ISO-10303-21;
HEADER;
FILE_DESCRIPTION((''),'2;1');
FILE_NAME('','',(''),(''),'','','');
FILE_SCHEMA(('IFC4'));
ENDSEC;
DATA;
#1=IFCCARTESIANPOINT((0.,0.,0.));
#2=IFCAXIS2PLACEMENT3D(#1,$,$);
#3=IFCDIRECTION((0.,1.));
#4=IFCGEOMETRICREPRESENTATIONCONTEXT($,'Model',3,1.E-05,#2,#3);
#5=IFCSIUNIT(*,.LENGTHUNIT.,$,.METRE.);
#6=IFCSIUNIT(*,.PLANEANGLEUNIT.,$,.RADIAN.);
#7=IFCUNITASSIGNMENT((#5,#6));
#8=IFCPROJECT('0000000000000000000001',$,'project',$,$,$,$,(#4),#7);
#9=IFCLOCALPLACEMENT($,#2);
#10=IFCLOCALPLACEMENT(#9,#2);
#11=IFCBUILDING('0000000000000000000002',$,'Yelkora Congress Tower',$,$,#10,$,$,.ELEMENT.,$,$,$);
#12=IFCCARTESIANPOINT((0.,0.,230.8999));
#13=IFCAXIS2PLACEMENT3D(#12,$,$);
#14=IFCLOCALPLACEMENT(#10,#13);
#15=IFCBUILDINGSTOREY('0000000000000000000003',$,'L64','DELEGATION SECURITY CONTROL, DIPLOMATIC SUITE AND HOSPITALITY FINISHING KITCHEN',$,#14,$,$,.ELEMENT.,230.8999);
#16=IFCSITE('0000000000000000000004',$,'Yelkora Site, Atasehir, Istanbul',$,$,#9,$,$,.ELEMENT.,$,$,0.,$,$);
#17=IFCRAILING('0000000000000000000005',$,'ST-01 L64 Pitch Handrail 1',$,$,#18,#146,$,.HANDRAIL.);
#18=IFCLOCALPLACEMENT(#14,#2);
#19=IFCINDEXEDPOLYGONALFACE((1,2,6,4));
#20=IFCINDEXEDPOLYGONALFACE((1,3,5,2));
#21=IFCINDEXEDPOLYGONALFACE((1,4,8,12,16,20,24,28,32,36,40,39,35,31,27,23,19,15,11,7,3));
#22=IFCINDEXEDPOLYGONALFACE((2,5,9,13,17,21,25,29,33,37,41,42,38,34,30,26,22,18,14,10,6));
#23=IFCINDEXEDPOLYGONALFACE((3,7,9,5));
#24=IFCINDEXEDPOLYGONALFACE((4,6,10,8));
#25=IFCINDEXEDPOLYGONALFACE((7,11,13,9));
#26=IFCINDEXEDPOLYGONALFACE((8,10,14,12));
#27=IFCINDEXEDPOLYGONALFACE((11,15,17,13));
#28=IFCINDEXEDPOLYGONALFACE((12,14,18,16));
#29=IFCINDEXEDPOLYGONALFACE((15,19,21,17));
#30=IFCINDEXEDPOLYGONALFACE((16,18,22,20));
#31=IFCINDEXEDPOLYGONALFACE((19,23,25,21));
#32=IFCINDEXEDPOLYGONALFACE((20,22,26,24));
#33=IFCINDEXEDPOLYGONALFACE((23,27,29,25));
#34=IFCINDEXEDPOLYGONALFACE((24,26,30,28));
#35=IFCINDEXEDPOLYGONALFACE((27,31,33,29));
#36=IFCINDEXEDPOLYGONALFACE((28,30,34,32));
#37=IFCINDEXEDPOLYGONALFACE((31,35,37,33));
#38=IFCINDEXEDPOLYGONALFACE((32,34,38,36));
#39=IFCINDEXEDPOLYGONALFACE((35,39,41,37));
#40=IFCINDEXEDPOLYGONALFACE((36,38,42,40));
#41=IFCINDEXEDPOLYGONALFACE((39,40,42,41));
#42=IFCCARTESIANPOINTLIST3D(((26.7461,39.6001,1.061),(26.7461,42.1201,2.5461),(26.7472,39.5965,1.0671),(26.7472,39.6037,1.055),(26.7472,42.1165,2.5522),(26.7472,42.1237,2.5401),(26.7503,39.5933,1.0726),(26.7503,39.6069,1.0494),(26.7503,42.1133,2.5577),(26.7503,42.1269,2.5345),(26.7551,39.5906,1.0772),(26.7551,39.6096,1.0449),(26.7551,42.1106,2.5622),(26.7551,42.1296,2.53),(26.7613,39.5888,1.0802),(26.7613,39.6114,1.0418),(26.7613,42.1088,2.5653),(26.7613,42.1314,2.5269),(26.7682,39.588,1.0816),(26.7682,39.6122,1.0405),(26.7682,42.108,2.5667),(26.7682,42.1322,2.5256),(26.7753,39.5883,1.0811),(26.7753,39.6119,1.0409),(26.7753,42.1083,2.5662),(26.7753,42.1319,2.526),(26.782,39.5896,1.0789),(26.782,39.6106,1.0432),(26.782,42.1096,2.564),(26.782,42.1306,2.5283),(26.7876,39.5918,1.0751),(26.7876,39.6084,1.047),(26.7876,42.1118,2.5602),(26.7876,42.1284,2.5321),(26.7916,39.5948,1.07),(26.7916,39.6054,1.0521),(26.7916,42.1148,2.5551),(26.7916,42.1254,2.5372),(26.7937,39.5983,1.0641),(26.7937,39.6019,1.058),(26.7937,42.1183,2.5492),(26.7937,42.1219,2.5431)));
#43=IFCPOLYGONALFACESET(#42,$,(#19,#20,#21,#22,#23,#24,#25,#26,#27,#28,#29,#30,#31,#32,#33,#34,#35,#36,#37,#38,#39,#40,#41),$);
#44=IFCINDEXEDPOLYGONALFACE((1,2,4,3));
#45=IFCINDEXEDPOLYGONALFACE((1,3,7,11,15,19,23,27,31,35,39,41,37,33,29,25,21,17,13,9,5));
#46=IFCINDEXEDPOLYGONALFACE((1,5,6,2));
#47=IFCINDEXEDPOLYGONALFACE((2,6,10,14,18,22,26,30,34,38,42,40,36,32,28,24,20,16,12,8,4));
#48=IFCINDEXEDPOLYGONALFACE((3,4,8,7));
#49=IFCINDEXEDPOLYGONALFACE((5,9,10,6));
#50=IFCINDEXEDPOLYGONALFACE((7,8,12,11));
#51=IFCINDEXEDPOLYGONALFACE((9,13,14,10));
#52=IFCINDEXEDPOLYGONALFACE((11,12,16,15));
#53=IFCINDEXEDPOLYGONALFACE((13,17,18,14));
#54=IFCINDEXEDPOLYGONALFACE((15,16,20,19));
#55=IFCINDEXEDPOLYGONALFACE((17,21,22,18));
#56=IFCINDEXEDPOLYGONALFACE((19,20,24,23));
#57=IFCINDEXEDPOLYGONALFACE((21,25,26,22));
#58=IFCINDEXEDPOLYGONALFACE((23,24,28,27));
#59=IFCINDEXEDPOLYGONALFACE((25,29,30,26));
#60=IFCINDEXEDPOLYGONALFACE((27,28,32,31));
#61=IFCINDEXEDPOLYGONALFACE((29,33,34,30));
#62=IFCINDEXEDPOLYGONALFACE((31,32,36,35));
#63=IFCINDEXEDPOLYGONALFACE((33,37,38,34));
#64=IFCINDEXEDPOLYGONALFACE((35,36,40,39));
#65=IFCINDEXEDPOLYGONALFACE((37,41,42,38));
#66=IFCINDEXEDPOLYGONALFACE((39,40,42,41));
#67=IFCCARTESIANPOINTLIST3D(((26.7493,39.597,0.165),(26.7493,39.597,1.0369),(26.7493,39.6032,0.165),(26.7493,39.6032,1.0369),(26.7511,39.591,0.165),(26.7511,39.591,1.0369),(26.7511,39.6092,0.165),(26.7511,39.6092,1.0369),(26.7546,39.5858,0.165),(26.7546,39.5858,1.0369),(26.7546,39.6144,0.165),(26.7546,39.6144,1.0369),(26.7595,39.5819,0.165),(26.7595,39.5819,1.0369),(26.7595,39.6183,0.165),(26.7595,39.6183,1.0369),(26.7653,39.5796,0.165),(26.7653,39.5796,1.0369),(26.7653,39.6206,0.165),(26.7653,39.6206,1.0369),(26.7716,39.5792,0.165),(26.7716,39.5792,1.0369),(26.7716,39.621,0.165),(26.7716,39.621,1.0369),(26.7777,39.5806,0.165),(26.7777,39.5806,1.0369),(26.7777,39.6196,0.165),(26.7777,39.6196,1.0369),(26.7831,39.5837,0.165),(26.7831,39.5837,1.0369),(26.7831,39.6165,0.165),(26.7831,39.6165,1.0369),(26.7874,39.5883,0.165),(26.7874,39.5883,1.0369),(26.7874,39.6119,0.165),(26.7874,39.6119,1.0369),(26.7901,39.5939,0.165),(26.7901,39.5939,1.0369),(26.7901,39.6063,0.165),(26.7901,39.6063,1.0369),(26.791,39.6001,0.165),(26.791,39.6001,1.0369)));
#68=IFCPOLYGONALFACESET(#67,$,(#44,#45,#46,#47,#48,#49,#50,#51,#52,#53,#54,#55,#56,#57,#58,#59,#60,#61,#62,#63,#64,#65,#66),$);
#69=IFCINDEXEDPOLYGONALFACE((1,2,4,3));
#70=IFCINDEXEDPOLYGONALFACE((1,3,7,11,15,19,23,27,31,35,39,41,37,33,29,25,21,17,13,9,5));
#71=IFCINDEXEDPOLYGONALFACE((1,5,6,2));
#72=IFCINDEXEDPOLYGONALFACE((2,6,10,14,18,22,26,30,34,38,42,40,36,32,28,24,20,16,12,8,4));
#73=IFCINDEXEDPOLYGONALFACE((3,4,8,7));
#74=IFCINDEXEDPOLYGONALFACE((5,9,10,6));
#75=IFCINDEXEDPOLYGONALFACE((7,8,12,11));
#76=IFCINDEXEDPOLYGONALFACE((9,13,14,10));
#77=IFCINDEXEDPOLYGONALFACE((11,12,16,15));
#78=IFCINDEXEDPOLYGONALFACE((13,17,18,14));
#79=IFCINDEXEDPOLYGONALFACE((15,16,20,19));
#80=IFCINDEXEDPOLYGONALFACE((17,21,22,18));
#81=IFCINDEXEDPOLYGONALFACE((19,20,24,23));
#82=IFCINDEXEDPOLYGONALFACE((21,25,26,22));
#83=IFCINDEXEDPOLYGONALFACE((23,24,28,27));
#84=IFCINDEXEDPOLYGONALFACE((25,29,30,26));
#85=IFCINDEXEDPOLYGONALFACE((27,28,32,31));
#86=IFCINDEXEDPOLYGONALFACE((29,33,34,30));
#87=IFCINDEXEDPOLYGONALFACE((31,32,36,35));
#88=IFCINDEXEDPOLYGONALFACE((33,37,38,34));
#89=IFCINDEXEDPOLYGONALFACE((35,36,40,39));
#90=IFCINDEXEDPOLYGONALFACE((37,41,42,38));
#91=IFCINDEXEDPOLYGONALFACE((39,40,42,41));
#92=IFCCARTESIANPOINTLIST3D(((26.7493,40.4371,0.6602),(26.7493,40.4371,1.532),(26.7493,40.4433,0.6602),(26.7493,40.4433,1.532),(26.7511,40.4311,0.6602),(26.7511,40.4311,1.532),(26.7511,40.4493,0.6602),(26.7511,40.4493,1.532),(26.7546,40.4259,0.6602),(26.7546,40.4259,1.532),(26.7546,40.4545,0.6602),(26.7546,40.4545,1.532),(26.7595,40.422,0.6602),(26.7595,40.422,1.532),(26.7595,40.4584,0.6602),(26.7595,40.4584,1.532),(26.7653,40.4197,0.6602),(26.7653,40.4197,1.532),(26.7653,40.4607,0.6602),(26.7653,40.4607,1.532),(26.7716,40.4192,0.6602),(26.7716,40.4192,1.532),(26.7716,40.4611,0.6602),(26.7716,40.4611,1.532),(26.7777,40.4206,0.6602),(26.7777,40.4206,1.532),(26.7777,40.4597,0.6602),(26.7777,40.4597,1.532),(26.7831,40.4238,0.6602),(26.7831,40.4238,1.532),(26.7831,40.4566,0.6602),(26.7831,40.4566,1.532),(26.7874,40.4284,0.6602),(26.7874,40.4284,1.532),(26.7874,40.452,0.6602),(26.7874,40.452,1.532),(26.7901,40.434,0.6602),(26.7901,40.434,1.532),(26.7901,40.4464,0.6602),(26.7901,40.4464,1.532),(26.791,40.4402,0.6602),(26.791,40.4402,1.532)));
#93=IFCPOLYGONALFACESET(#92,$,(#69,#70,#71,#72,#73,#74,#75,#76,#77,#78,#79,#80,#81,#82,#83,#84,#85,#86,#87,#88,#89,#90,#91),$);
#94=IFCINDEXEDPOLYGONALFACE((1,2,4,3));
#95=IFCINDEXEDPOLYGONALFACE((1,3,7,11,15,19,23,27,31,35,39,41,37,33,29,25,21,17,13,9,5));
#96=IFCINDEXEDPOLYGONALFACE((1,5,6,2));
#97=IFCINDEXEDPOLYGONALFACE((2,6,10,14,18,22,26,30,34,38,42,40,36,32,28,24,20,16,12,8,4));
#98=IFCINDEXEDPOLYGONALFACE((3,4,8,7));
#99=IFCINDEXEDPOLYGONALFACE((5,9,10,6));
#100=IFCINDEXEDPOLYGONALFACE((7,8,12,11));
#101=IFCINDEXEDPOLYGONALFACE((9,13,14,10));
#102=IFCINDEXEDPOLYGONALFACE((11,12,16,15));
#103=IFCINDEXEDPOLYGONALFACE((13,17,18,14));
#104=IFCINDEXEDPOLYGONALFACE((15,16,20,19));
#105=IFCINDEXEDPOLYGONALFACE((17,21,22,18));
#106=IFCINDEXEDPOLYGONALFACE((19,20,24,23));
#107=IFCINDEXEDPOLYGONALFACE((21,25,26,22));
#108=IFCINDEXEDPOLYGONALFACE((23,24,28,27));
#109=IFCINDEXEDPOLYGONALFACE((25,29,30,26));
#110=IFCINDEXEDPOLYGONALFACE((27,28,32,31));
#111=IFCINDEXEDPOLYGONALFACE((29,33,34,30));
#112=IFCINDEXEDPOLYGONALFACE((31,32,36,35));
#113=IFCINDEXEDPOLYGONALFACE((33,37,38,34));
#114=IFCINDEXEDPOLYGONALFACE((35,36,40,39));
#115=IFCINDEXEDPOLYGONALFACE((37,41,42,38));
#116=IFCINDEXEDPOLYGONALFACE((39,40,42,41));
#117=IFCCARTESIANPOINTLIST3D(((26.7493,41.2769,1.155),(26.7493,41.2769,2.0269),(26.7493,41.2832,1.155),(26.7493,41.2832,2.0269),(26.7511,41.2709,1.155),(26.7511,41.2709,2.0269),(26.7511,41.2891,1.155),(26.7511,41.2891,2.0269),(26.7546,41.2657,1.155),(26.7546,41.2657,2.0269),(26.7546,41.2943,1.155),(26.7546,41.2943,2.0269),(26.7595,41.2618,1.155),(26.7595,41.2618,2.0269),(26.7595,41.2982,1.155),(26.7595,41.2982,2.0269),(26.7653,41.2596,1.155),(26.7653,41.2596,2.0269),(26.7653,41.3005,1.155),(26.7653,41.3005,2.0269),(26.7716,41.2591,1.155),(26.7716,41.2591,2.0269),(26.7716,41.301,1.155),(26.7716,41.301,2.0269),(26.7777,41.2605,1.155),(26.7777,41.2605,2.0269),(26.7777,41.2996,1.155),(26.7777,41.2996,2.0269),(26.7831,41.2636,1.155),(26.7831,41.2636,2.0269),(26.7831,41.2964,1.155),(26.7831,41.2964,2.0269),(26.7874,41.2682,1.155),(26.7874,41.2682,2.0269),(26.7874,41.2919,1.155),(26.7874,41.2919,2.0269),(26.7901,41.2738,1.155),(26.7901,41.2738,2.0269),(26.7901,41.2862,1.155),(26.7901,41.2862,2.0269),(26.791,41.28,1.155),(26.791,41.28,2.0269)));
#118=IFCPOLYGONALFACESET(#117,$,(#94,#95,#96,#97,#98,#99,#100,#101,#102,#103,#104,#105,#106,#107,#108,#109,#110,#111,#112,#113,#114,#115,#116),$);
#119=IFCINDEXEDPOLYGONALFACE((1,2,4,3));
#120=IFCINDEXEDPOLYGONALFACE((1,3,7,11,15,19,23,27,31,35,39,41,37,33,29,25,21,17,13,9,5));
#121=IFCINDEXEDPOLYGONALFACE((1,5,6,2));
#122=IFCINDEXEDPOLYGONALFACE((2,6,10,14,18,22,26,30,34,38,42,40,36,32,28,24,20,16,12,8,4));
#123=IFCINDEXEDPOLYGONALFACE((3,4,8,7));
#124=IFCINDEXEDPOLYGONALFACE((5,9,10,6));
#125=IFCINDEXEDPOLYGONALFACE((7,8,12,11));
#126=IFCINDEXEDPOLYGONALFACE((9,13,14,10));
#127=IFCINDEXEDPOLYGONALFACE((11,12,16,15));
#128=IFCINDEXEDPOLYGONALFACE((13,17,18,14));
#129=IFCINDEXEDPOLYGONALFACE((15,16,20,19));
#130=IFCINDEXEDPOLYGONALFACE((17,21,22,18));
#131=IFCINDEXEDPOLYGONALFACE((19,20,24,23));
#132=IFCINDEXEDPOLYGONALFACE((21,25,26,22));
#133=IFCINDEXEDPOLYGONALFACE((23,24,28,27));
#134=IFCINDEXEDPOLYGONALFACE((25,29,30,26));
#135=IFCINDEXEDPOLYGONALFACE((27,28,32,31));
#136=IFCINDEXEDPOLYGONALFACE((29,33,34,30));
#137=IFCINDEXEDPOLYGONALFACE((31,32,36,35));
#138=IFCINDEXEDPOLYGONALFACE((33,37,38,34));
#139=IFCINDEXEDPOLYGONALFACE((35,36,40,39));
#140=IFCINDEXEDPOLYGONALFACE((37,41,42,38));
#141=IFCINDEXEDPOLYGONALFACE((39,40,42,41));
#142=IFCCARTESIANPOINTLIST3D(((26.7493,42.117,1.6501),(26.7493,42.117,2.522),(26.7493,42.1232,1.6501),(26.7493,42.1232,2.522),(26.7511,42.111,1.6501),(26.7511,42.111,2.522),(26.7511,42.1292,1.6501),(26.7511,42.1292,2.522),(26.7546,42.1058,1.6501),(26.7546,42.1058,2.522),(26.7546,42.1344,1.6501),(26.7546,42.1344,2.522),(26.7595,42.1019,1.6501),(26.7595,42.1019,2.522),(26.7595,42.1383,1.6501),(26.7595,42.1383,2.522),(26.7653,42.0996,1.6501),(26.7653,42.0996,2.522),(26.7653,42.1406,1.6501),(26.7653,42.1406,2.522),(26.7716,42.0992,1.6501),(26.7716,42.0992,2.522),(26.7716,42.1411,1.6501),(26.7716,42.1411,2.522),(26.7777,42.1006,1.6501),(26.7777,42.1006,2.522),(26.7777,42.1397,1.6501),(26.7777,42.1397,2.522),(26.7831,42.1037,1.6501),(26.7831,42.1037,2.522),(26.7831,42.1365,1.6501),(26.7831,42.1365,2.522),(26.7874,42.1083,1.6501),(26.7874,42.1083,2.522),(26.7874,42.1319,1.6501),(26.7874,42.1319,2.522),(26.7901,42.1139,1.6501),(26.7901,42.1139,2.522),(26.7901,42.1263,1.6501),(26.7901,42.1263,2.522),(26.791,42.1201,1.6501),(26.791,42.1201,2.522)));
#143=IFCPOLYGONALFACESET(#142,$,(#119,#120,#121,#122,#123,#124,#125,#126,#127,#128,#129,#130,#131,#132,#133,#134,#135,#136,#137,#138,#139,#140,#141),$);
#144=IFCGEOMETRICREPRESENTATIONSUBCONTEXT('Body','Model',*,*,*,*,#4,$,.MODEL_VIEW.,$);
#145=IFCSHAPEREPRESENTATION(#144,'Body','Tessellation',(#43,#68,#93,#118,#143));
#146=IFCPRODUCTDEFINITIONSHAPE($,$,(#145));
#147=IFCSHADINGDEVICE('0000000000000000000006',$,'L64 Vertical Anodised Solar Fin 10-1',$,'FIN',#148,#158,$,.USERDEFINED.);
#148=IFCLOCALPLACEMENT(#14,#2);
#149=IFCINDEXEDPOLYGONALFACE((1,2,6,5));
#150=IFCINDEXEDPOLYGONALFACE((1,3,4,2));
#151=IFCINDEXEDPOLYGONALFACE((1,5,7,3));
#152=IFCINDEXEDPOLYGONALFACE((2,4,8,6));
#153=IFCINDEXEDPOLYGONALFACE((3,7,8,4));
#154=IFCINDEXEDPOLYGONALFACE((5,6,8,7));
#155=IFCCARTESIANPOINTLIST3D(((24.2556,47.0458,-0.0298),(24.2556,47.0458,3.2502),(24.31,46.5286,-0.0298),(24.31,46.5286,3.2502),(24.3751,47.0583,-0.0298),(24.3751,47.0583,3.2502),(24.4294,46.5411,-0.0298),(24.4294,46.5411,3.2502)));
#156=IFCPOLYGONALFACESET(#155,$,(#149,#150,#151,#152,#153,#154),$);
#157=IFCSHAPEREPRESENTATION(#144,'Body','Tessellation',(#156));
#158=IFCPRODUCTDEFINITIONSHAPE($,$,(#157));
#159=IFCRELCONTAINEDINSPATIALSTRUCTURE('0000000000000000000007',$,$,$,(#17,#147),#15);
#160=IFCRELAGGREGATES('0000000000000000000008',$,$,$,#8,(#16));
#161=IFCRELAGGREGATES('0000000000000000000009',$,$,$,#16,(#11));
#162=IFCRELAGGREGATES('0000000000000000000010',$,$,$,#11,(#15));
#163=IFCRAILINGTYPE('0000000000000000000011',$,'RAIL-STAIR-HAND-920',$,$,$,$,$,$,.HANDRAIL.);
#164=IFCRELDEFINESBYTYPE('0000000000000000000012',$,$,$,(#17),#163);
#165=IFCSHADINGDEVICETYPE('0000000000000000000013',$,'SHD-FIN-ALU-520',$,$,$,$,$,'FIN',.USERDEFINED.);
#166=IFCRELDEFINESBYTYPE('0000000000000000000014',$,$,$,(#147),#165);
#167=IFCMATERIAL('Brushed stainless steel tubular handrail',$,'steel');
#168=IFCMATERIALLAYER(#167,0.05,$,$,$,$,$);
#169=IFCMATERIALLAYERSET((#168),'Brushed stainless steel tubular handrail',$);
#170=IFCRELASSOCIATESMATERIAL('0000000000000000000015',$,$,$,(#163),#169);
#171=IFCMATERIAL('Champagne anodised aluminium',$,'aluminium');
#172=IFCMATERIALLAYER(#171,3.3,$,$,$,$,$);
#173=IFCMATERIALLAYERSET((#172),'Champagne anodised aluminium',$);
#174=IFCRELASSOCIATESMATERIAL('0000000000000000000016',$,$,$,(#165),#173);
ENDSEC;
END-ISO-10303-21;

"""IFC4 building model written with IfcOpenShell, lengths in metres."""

from ifc_helpers import new_model, si_unit, direction, frame, origin, origin_2d, place, context, subcontext, project, spatial, rectangle, circle, extrude, material, layer, layer_set, type_object, element, save


model = new_model("IFC4")

# Units and contexts
model_context = context("Model", 3, precision=1e-05, world=origin(), true_north=direction((0.0, 1.0)))
body_context = subcontext(model_context, "Body", "Model", "MODEL_VIEW")
ifc_project = project(units=[si_unit("LENGTHUNIT", "METRE"), si_unit("PLANEANGLEUNIT", "RADIAN")], contexts=[model_context])

# Site, building, storey
site_placement = place(None, origin())
site = spatial("IfcSite", under=ifc_project, at=site_placement, Name="Yelkora Site, Atasehir, Istanbul", CompositionType="ELEMENT", RefElevation=0.0)
building_placement = place(site_placement, origin())
building = spatial("IfcBuilding", under=site, at=building_placement, Name="Yelkora Congress Tower", CompositionType="ELEMENT")
storey_placement = place(building_placement, frame((0.0, 0.0, 230.8999)))
storey = spatial("IfcBuildingStorey", under=building, at=storey_placement, Name="L64", Description="DELEGATION SECURITY CONTROL, DIPLOMATIC SUITE AND HOSPITALITY FINISHING KITCHEN", CompositionType="ELEMENT", Elevation=230.8999)

# Railing
ifc_material_1 = material(Name="Brushed stainless steel tubular handrail", Category="steel")
ifc_layer_1 = layer(ifc_material_1, 0.05)
ifc_layer_set_1 = layer_set([ifc_layer_1], Name="Brushed stainless steel tubular handrail")
railing_type_1 = type_object("IfcRailingType", Name="RAIL-STAIR-HAND-920", PredefinedType="HANDRAIL", material=ifc_layer_set_1)
railing_1_placement = place(storey_placement, frame((26.77, 39.6001, 0.165)))
element("IfcRailing", 1, at=railing_1_placement, inside=storey, type_object=railing_type_1, Name="ST-01 L64 Pitch Handrail 1", PredefinedType="HANDRAIL", context=body_context, shape_type="SweptSolid", body=[
    extrude(circle(Radius=0.0239, at=origin_2d()), frame((0.0, 0.0, 0.896), z_axis=(0.0, 0.861524, 0.507717), x_axis=(-1.0, 0.0, 0.0)), (0.0, 0.0, 1.0), 2.925),
    extrude(circle(Radius=0.021, at=origin_2d()), origin(), (0.0, 0.0, 1.0), 0.8718),
    extrude(circle(Radius=0.021, at=origin_2d()), frame((0.0, 0.8401, 0.4951)), (0.0, 0.0, 1.0), 0.8718),
    extrude(circle(Radius=0.021, at=origin_2d()), frame((0.0, 1.6799, 0.99)), (0.0, 0.0, 1.0), 0.8718),
    extrude(circle(Radius=0.021, at=origin_2d()), frame((0.0, 2.52, 1.4851)), (0.0, 0.0, 1.0), 0.8718),
])

# Shading device
ifc_material_2 = material(Name="Champagne anodised aluminium", Category="aluminium")
ifc_layer_2 = layer(ifc_material_2, 3.3)
ifc_layer_set_2 = layer_set([ifc_layer_2], Name="Champagne anodised aluminium")
shading_device_type = type_object("IfcShadingDeviceType", Name="SHD-FIN-ALU-520", ElementType="FIN", PredefinedType="USERDEFINED", material=ifc_layer_set_2)
shading_device_placement = place(storey_placement, frame((24.3425, 46.7935, -0.0298), z_axis=(0.0, 0.0, 1.0), x_axis=(0.994522, 0.104528, 0.0)))
element("IfcShadingDevice", 2, at=shading_device_placement, inside=storey, type_object=shading_device_type, Name="L64 Vertical Anodised Solar Fin 10-1", ObjectType="FIN", PredefinedType="USERDEFINED", context=body_context, shape_type="SweptSolid", body=[
    extrude(rectangle(XDim=0.1201, YDim=0.52, at=origin_2d()), origin(), (0.0, 0.0, 1.0), 3.28),
])

save(model, "model.ifc")
